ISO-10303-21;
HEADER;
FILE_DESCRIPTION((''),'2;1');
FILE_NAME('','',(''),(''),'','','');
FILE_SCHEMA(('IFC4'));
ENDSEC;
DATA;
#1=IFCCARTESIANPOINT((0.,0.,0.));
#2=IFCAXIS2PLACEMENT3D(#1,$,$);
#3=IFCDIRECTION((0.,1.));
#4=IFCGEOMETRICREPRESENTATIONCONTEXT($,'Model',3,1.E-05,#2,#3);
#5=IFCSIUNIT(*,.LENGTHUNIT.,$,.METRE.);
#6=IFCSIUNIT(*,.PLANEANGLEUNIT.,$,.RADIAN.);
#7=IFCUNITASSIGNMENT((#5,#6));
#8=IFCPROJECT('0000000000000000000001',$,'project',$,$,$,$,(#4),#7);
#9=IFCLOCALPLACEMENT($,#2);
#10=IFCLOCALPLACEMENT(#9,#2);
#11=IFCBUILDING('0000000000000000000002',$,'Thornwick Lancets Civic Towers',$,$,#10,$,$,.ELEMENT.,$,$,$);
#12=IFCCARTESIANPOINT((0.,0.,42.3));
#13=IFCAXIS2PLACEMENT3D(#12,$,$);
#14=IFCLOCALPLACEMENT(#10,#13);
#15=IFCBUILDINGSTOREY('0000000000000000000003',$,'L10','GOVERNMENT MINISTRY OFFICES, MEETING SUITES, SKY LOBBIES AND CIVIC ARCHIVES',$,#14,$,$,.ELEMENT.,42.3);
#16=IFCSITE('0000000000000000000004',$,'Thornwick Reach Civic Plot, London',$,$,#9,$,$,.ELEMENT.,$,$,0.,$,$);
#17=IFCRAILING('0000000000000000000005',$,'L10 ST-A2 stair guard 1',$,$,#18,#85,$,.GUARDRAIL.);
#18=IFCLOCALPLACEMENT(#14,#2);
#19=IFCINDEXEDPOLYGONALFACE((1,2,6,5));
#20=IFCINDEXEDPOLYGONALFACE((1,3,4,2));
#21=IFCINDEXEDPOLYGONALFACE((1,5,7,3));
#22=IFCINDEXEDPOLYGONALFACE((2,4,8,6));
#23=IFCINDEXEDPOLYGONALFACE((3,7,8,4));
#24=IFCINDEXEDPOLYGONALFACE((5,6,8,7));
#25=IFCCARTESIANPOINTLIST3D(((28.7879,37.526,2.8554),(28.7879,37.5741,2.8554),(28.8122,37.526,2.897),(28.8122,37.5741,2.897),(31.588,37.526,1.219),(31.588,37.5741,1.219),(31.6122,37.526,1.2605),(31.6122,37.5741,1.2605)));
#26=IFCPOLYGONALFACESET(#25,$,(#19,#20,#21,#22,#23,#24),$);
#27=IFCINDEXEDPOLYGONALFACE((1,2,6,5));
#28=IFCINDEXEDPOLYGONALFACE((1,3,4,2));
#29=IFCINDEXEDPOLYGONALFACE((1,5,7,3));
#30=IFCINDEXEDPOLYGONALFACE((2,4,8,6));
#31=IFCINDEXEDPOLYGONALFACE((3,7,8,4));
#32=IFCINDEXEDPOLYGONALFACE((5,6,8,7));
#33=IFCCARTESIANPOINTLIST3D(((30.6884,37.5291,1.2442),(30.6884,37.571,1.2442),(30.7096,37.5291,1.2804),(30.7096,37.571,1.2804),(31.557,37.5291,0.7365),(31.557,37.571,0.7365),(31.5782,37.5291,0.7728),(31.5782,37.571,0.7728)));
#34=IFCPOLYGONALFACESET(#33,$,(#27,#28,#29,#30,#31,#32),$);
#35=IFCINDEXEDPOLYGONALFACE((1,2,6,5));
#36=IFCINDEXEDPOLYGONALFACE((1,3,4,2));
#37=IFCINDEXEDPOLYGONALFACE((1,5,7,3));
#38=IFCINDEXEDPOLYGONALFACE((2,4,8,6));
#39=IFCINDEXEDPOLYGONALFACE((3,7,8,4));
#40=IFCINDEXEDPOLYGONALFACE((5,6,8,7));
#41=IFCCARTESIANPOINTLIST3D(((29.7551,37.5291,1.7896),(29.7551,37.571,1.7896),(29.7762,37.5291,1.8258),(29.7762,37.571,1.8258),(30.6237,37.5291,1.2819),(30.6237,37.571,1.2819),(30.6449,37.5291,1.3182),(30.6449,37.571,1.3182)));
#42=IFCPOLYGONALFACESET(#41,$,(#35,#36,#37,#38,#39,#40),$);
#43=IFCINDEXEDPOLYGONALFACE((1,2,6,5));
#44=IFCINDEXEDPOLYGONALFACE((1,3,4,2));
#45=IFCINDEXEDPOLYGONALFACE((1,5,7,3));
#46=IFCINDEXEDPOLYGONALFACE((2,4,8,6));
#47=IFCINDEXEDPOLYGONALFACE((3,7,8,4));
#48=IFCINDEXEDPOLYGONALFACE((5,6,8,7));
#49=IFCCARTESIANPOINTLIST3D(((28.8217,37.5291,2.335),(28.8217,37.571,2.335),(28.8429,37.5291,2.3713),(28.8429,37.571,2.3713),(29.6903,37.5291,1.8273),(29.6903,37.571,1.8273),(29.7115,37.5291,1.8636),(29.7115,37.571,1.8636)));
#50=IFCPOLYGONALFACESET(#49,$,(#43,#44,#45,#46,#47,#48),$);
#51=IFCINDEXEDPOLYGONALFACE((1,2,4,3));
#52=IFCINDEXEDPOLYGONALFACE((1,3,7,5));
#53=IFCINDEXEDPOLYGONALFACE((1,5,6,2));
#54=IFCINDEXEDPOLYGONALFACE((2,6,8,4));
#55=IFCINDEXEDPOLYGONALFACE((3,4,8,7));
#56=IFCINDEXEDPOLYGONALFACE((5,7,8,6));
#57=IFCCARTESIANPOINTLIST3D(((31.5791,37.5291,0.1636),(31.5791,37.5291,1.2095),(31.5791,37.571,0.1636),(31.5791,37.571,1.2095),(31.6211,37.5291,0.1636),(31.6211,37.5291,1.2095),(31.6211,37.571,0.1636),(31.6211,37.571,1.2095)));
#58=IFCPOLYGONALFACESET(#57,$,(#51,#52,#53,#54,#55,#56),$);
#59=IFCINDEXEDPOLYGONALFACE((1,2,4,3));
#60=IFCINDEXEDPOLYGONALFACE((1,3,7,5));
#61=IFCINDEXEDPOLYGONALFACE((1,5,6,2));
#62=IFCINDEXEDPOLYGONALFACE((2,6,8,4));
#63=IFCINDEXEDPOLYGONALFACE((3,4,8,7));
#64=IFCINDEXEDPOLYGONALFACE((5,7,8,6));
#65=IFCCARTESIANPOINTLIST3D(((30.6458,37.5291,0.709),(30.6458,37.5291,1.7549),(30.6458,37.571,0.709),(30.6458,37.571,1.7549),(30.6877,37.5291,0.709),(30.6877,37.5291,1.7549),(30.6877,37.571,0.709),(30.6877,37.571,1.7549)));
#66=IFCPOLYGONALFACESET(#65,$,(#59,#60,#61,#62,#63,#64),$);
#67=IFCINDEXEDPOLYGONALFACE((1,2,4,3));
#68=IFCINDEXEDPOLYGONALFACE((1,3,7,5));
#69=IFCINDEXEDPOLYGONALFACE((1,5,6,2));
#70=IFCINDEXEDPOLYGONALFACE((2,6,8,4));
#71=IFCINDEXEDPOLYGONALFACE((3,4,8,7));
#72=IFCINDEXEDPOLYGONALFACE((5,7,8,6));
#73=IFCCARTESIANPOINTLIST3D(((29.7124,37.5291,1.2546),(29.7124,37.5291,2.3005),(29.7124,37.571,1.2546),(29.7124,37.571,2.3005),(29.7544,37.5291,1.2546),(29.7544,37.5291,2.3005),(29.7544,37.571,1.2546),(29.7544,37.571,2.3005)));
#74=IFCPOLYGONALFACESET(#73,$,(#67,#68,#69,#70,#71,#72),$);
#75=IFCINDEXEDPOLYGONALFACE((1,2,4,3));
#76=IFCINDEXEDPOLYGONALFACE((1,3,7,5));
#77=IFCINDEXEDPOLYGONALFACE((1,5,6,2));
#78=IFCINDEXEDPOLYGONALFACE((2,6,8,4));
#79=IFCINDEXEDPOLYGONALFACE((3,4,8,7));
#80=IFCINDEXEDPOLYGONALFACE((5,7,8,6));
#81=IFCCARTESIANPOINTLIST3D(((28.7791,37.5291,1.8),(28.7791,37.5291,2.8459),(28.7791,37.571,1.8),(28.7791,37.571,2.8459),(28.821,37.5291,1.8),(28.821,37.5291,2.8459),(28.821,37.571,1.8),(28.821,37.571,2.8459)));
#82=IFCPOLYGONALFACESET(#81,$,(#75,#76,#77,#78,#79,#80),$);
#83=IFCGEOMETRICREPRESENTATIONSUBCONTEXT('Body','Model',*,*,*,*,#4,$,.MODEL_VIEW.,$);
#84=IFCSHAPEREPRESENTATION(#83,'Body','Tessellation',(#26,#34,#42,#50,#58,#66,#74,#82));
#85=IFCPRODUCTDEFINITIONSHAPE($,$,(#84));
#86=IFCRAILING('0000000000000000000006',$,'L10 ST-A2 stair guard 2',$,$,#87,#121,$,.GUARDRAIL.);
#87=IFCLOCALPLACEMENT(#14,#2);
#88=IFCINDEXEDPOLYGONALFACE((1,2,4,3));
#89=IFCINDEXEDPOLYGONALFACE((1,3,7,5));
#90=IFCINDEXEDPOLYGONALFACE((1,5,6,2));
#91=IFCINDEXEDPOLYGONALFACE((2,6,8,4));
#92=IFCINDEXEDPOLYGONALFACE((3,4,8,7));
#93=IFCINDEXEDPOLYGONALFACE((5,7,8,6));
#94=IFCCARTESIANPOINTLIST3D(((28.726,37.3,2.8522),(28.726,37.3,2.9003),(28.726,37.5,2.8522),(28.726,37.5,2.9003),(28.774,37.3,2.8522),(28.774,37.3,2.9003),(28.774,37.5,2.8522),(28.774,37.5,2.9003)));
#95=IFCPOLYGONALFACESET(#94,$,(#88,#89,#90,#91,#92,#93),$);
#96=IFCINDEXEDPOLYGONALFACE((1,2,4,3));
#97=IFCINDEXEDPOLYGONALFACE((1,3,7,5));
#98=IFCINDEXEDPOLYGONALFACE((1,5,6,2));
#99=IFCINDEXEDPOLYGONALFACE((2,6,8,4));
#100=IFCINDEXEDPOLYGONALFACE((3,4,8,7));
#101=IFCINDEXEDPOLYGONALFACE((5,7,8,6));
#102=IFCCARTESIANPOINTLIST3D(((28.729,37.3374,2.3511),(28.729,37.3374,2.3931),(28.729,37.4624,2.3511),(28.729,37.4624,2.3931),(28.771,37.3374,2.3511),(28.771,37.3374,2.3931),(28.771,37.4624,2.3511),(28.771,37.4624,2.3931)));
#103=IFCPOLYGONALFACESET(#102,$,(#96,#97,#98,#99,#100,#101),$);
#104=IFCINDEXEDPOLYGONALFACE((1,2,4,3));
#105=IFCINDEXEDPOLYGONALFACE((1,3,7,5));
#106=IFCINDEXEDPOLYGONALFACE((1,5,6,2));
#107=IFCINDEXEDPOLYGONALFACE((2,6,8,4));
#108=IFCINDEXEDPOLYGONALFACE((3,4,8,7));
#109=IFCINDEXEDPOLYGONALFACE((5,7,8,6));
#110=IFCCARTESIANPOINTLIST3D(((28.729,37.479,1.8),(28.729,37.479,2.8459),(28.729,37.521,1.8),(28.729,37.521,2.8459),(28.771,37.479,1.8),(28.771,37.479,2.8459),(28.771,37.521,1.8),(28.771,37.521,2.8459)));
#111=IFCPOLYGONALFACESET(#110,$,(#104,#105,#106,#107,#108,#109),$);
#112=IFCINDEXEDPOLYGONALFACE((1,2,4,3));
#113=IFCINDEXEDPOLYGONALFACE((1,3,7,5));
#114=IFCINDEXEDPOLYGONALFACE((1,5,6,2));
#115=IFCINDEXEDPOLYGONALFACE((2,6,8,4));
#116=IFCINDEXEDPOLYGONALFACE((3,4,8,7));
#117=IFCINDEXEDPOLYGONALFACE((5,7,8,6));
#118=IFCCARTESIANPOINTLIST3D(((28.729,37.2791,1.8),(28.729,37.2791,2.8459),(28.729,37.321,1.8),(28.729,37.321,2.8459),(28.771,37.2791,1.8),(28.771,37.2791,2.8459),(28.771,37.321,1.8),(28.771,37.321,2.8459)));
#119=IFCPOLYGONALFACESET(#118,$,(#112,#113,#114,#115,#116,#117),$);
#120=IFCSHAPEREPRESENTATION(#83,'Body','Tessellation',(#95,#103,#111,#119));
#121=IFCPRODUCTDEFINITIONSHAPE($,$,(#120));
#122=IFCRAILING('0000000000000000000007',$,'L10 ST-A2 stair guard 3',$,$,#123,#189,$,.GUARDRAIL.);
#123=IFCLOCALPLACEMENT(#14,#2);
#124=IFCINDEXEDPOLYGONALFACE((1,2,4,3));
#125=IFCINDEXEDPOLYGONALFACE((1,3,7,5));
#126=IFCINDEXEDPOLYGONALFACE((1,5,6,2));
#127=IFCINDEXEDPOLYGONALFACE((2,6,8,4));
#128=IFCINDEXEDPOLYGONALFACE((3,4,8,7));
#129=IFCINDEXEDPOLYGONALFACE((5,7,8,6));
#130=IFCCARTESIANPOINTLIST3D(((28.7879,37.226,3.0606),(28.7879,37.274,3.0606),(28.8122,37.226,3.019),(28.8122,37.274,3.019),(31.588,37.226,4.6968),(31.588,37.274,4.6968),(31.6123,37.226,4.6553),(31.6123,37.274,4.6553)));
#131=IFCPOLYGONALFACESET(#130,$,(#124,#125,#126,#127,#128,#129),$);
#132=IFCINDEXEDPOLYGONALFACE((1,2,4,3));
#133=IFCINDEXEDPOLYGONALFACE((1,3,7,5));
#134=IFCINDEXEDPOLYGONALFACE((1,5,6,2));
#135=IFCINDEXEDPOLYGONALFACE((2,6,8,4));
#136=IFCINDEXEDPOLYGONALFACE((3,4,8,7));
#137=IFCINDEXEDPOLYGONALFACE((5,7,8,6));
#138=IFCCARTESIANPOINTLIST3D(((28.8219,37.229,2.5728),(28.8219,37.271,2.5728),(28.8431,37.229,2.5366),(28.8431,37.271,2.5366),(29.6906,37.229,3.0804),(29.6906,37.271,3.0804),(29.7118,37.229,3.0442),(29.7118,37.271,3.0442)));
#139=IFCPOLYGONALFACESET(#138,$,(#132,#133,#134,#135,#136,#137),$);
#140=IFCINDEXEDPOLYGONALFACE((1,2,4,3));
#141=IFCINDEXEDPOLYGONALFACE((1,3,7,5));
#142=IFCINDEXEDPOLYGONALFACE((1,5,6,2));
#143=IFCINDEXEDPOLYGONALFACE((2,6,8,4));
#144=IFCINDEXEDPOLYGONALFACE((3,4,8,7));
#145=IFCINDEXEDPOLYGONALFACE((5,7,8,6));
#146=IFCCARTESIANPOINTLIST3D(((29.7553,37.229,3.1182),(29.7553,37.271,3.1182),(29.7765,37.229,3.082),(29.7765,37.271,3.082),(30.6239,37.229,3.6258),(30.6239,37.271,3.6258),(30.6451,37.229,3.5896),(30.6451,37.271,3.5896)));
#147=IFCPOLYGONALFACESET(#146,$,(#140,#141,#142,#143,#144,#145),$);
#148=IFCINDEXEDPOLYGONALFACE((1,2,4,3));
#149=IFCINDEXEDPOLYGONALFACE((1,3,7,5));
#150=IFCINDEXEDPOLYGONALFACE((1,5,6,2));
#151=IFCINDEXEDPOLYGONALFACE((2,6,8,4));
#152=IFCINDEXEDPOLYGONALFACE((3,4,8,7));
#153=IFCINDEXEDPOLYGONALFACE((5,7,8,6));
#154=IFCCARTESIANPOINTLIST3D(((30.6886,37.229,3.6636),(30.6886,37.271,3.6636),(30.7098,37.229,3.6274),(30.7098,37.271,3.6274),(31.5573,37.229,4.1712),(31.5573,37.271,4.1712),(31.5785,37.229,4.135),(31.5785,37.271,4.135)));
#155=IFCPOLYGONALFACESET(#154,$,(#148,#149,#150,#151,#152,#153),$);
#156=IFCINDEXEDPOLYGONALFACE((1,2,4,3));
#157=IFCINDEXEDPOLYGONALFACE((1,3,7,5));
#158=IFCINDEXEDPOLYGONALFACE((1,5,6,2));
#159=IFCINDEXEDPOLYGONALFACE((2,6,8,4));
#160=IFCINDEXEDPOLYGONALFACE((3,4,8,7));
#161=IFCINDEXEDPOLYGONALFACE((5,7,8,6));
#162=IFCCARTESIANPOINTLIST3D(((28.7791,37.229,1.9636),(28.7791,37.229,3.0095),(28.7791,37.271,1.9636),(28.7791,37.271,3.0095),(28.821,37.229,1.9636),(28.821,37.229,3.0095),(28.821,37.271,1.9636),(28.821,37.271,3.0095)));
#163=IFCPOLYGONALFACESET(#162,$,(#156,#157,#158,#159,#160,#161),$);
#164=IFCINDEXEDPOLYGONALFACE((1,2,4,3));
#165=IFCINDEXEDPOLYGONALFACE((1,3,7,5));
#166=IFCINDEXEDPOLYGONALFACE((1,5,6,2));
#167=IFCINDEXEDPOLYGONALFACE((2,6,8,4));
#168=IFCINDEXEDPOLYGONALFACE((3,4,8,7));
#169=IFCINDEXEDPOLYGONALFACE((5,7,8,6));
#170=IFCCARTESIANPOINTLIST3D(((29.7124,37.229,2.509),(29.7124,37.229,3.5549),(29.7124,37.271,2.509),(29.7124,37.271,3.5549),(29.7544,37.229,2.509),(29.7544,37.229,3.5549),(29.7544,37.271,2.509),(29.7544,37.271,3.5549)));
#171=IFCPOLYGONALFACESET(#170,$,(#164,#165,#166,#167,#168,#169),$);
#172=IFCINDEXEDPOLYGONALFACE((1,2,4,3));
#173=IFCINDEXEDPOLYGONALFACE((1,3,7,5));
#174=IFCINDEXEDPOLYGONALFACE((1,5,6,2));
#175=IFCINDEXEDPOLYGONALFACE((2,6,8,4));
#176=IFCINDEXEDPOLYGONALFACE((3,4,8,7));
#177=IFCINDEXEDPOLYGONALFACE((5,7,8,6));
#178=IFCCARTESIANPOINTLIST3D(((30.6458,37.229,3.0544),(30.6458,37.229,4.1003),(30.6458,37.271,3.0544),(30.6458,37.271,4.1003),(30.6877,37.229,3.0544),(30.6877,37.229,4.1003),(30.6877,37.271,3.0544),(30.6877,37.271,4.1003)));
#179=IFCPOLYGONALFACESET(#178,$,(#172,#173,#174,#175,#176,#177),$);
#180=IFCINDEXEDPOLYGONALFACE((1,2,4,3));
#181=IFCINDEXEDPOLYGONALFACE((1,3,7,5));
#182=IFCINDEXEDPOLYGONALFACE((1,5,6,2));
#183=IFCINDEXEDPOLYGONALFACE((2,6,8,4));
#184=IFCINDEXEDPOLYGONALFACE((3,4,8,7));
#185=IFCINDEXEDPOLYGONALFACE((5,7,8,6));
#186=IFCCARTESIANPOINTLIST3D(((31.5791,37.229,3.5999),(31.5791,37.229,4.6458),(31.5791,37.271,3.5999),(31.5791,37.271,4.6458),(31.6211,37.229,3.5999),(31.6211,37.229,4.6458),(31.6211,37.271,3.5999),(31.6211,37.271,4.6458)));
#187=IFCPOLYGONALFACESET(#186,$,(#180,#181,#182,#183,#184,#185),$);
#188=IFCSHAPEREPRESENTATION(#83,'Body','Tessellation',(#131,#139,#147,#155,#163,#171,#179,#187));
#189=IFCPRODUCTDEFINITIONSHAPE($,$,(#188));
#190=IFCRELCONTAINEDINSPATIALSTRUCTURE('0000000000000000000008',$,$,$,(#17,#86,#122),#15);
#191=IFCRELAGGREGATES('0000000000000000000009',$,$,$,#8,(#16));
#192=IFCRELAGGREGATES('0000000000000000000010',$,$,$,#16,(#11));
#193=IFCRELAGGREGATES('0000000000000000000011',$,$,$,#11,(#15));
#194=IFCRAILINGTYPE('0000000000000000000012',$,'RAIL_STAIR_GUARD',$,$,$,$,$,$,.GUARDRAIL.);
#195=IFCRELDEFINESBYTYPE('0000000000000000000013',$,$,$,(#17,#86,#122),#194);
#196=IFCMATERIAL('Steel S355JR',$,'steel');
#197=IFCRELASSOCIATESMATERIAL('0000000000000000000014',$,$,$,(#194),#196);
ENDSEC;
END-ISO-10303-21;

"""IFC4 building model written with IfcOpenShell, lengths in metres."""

from ifc_helpers import new_model, si_unit, direction, frame, origin, origin_2d, place, context, subcontext, project, spatial, rectangle, extrude, material, type_object, element, save


model = new_model("IFC4")

# Units and contexts
model_context = context("Model", 3, precision=1e-05, world=origin(), true_north=direction((0.0, 1.0)))
body_context = subcontext(model_context, "Body", "Model", "MODEL_VIEW")
ifc_project = project(units=[si_unit("LENGTHUNIT", "METRE"), si_unit("PLANEANGLEUNIT", "RADIAN")], contexts=[model_context])

# Site, building, storey
site_placement = place(None, origin())
site = spatial("IfcSite", under=ifc_project, at=site_placement, Name="Thornwick Reach Civic Plot, London", CompositionType="ELEMENT", RefElevation=0.0)
building_placement = place(site_placement, origin())
building = spatial("IfcBuilding", under=site, at=building_placement, Name="Thornwick Lancets Civic Towers", CompositionType="ELEMENT")
storey_placement = place(building_placement, frame((0.0, 0.0, 42.3)))
storey = spatial("IfcBuildingStorey", under=building, at=storey_placement, Name="L10", Description="GOVERNMENT MINISTRY OFFICES, MEETING SUITES, SKY LOBBIES AND CIVIC ARCHIVES", CompositionType="ELEMENT", Elevation=42.3)

# Shared definitions
ifc_material_1 = material(Name="Steel S355JR", Category="steel")

# Railings
railing_type_1 = type_object("IfcRailingType", Name="RAIL_STAIR_GUARD", PredefinedType="GUARDRAIL", material=ifc_material_1)
railing_1_placement = place(storey_placement, frame((31.6001, 37.55, 0.1636)))
element("IfcRailing", 1, at=railing_1_placement, inside=storey, type_object=railing_type_1, Name="L10 ST-A2 stair guard 1", PredefinedType="GUARDRAIL", context=body_context, shape_type="SweptSolid", body=[
    extrude(rectangle(XDim=0.0481, YDim=0.0481, at=origin_2d()), frame((0.0, 0.0, 1.0762), z_axis=(-0.863361, 0.0, 0.504587), x_axis=(0.0, -1.0, 0.0)), (0.0, 0.0, 1.0), 3.2432),
    extrude(rectangle(XDim=0.042, YDim=0.042, at=origin_2d()), frame((-0.0325, 0.0, 0.5911), z_axis=(-0.863361, 0.0, 0.504587), x_axis=(0.0, -1.0, 0.0)), (0.0, 0.0, 1.0), 1.0061),
    extrude(rectangle(XDim=0.042, YDim=0.042, at=origin_2d()), frame((-0.9658, 0.0, 1.1365), z_axis=(-0.863361, 0.0, 0.504587), x_axis=(0.0, -1.0, 0.0)), (0.0, 0.0, 1.0), 1.0061),
    extrude(rectangle(XDim=0.042, YDim=0.042, at=origin_2d()), frame((-1.8992, 0.0, 1.6819), z_axis=(-0.863361, 0.0, 0.504587), x_axis=(0.0, -1.0, 0.0)), (0.0, 0.0, 1.0), 1.0061),
    extrude(rectangle(XDim=0.042, YDim=0.042, at=origin_2d()), origin(), (0.0, 0.0, 1.0), 1.0459),
    extrude(rectangle(XDim=0.042, YDim=0.042, at=origin_2d()), frame((-0.9333, 0.0, 0.5454)), (0.0, 0.0, 1.0), 1.0459),
    extrude(rectangle(XDim=0.042, YDim=0.042, at=origin_2d()), frame((-1.8667, 0.0, 1.0911)), (0.0, 0.0, 1.0), 1.0459),
    extrude(rectangle(XDim=0.042, YDim=0.042, at=origin_2d()), frame((-2.8, 0.0, 1.6365)), (0.0, 0.0, 1.0), 1.0459),
])
railing_2_placement = place(storey_placement, frame((28.75, 37.5, 1.8)))
element("IfcRailing", 2, at=railing_2_placement, inside=storey, type_object=railing_type_1, Name="L10 ST-A2 stair guard 2", PredefinedType="GUARDRAIL", context=body_context, shape_type="SweptSolid", body=[
    extrude(rectangle(XDim=0.0481, YDim=0.0481, at=origin_2d()), frame((0.0, 0.0, 1.0762), z_axis=(0.0, -1.0, 0.0), x_axis=(1.0, 0.0, 0.0)), (0.0, 0.0, 1.0), 0.2),
    extrude(rectangle(XDim=0.042, YDim=0.042, at=origin_2d()), frame((0.0, -0.0376, 0.572), z_axis=(0.0, -1.0, 0.0), x_axis=(1.0, 0.0, 0.0)), (0.0, 0.0, 1.0), 0.125),
    extrude(rectangle(XDim=0.042, YDim=0.042, at=origin_2d()), origin(), (0.0, 0.0, 1.0), 1.0459),
    extrude(rectangle(XDim=0.042, YDim=0.042, at=origin_2d()), frame((0.0, -0.2, 0.0)), (0.0, 0.0, 1.0), 1.0459),
])
railing_3_placement = place(storey_placement, frame((28.8, 37.25, 1.9636)))
element("IfcRailing", 3, at=railing_3_placement, inside=storey, type_object=railing_type_1, Name="L10 ST-A2 stair guard 3", PredefinedType="GUARDRAIL", context=body_context, shape_type="SweptSolid", body=[
    extrude(rectangle(XDim=0.0481, YDim=0.0481, at=origin_2d()), frame((0.0, 0.0, 1.0762), z_axis=(0.863394, 0.0, 0.504531), x_axis=(0.0, 1.0, 0.0)), (0.0, 0.0, 1.0), 3.2432),
    extrude(rectangle(XDim=0.042, YDim=0.042, at=origin_2d()), frame((0.0325, 0.0, 0.5911), z_axis=(0.863394, 0.0, 0.504531), x_axis=(0.0, 1.0, 0.0)), (0.0, 0.0, 1.0), 1.0061),
    extrude(rectangle(XDim=0.042, YDim=0.042, at=origin_2d()), frame((0.9658, 0.0, 1.1365), z_axis=(0.863394, 0.0, 0.504531), x_axis=(0.0, 1.0, 0.0)), (0.0, 0.0, 1.0), 1.0061),
    extrude(rectangle(XDim=0.042, YDim=0.042, at=origin_2d()), frame((1.8992, 0.0, 1.6819), z_axis=(0.863394, 0.0, 0.504531), x_axis=(0.0, 1.0, 0.0)), (0.0, 0.0, 1.0), 1.0061),
    extrude(rectangle(XDim=0.042, YDim=0.042, at=origin_2d()), origin(), (0.0, 0.0, 1.0), 1.0459),
    extrude(rectangle(XDim=0.042, YDim=0.042, at=origin_2d()), frame((0.9333, 0.0, 0.5454)), (0.0, 0.0, 1.0), 1.0459),
    extrude(rectangle(XDim=0.042, YDim=0.042, at=origin_2d()), frame((1.8667, 0.0, 1.0908)), (0.0, 0.0, 1.0), 1.0459),
    extrude(rectangle(XDim=0.042, YDim=0.042, at=origin_2d()), frame((2.8, 0.0, 1.6362)), (0.0, 0.0, 1.0), 1.0459),
])

save(model, "model.ifc")
